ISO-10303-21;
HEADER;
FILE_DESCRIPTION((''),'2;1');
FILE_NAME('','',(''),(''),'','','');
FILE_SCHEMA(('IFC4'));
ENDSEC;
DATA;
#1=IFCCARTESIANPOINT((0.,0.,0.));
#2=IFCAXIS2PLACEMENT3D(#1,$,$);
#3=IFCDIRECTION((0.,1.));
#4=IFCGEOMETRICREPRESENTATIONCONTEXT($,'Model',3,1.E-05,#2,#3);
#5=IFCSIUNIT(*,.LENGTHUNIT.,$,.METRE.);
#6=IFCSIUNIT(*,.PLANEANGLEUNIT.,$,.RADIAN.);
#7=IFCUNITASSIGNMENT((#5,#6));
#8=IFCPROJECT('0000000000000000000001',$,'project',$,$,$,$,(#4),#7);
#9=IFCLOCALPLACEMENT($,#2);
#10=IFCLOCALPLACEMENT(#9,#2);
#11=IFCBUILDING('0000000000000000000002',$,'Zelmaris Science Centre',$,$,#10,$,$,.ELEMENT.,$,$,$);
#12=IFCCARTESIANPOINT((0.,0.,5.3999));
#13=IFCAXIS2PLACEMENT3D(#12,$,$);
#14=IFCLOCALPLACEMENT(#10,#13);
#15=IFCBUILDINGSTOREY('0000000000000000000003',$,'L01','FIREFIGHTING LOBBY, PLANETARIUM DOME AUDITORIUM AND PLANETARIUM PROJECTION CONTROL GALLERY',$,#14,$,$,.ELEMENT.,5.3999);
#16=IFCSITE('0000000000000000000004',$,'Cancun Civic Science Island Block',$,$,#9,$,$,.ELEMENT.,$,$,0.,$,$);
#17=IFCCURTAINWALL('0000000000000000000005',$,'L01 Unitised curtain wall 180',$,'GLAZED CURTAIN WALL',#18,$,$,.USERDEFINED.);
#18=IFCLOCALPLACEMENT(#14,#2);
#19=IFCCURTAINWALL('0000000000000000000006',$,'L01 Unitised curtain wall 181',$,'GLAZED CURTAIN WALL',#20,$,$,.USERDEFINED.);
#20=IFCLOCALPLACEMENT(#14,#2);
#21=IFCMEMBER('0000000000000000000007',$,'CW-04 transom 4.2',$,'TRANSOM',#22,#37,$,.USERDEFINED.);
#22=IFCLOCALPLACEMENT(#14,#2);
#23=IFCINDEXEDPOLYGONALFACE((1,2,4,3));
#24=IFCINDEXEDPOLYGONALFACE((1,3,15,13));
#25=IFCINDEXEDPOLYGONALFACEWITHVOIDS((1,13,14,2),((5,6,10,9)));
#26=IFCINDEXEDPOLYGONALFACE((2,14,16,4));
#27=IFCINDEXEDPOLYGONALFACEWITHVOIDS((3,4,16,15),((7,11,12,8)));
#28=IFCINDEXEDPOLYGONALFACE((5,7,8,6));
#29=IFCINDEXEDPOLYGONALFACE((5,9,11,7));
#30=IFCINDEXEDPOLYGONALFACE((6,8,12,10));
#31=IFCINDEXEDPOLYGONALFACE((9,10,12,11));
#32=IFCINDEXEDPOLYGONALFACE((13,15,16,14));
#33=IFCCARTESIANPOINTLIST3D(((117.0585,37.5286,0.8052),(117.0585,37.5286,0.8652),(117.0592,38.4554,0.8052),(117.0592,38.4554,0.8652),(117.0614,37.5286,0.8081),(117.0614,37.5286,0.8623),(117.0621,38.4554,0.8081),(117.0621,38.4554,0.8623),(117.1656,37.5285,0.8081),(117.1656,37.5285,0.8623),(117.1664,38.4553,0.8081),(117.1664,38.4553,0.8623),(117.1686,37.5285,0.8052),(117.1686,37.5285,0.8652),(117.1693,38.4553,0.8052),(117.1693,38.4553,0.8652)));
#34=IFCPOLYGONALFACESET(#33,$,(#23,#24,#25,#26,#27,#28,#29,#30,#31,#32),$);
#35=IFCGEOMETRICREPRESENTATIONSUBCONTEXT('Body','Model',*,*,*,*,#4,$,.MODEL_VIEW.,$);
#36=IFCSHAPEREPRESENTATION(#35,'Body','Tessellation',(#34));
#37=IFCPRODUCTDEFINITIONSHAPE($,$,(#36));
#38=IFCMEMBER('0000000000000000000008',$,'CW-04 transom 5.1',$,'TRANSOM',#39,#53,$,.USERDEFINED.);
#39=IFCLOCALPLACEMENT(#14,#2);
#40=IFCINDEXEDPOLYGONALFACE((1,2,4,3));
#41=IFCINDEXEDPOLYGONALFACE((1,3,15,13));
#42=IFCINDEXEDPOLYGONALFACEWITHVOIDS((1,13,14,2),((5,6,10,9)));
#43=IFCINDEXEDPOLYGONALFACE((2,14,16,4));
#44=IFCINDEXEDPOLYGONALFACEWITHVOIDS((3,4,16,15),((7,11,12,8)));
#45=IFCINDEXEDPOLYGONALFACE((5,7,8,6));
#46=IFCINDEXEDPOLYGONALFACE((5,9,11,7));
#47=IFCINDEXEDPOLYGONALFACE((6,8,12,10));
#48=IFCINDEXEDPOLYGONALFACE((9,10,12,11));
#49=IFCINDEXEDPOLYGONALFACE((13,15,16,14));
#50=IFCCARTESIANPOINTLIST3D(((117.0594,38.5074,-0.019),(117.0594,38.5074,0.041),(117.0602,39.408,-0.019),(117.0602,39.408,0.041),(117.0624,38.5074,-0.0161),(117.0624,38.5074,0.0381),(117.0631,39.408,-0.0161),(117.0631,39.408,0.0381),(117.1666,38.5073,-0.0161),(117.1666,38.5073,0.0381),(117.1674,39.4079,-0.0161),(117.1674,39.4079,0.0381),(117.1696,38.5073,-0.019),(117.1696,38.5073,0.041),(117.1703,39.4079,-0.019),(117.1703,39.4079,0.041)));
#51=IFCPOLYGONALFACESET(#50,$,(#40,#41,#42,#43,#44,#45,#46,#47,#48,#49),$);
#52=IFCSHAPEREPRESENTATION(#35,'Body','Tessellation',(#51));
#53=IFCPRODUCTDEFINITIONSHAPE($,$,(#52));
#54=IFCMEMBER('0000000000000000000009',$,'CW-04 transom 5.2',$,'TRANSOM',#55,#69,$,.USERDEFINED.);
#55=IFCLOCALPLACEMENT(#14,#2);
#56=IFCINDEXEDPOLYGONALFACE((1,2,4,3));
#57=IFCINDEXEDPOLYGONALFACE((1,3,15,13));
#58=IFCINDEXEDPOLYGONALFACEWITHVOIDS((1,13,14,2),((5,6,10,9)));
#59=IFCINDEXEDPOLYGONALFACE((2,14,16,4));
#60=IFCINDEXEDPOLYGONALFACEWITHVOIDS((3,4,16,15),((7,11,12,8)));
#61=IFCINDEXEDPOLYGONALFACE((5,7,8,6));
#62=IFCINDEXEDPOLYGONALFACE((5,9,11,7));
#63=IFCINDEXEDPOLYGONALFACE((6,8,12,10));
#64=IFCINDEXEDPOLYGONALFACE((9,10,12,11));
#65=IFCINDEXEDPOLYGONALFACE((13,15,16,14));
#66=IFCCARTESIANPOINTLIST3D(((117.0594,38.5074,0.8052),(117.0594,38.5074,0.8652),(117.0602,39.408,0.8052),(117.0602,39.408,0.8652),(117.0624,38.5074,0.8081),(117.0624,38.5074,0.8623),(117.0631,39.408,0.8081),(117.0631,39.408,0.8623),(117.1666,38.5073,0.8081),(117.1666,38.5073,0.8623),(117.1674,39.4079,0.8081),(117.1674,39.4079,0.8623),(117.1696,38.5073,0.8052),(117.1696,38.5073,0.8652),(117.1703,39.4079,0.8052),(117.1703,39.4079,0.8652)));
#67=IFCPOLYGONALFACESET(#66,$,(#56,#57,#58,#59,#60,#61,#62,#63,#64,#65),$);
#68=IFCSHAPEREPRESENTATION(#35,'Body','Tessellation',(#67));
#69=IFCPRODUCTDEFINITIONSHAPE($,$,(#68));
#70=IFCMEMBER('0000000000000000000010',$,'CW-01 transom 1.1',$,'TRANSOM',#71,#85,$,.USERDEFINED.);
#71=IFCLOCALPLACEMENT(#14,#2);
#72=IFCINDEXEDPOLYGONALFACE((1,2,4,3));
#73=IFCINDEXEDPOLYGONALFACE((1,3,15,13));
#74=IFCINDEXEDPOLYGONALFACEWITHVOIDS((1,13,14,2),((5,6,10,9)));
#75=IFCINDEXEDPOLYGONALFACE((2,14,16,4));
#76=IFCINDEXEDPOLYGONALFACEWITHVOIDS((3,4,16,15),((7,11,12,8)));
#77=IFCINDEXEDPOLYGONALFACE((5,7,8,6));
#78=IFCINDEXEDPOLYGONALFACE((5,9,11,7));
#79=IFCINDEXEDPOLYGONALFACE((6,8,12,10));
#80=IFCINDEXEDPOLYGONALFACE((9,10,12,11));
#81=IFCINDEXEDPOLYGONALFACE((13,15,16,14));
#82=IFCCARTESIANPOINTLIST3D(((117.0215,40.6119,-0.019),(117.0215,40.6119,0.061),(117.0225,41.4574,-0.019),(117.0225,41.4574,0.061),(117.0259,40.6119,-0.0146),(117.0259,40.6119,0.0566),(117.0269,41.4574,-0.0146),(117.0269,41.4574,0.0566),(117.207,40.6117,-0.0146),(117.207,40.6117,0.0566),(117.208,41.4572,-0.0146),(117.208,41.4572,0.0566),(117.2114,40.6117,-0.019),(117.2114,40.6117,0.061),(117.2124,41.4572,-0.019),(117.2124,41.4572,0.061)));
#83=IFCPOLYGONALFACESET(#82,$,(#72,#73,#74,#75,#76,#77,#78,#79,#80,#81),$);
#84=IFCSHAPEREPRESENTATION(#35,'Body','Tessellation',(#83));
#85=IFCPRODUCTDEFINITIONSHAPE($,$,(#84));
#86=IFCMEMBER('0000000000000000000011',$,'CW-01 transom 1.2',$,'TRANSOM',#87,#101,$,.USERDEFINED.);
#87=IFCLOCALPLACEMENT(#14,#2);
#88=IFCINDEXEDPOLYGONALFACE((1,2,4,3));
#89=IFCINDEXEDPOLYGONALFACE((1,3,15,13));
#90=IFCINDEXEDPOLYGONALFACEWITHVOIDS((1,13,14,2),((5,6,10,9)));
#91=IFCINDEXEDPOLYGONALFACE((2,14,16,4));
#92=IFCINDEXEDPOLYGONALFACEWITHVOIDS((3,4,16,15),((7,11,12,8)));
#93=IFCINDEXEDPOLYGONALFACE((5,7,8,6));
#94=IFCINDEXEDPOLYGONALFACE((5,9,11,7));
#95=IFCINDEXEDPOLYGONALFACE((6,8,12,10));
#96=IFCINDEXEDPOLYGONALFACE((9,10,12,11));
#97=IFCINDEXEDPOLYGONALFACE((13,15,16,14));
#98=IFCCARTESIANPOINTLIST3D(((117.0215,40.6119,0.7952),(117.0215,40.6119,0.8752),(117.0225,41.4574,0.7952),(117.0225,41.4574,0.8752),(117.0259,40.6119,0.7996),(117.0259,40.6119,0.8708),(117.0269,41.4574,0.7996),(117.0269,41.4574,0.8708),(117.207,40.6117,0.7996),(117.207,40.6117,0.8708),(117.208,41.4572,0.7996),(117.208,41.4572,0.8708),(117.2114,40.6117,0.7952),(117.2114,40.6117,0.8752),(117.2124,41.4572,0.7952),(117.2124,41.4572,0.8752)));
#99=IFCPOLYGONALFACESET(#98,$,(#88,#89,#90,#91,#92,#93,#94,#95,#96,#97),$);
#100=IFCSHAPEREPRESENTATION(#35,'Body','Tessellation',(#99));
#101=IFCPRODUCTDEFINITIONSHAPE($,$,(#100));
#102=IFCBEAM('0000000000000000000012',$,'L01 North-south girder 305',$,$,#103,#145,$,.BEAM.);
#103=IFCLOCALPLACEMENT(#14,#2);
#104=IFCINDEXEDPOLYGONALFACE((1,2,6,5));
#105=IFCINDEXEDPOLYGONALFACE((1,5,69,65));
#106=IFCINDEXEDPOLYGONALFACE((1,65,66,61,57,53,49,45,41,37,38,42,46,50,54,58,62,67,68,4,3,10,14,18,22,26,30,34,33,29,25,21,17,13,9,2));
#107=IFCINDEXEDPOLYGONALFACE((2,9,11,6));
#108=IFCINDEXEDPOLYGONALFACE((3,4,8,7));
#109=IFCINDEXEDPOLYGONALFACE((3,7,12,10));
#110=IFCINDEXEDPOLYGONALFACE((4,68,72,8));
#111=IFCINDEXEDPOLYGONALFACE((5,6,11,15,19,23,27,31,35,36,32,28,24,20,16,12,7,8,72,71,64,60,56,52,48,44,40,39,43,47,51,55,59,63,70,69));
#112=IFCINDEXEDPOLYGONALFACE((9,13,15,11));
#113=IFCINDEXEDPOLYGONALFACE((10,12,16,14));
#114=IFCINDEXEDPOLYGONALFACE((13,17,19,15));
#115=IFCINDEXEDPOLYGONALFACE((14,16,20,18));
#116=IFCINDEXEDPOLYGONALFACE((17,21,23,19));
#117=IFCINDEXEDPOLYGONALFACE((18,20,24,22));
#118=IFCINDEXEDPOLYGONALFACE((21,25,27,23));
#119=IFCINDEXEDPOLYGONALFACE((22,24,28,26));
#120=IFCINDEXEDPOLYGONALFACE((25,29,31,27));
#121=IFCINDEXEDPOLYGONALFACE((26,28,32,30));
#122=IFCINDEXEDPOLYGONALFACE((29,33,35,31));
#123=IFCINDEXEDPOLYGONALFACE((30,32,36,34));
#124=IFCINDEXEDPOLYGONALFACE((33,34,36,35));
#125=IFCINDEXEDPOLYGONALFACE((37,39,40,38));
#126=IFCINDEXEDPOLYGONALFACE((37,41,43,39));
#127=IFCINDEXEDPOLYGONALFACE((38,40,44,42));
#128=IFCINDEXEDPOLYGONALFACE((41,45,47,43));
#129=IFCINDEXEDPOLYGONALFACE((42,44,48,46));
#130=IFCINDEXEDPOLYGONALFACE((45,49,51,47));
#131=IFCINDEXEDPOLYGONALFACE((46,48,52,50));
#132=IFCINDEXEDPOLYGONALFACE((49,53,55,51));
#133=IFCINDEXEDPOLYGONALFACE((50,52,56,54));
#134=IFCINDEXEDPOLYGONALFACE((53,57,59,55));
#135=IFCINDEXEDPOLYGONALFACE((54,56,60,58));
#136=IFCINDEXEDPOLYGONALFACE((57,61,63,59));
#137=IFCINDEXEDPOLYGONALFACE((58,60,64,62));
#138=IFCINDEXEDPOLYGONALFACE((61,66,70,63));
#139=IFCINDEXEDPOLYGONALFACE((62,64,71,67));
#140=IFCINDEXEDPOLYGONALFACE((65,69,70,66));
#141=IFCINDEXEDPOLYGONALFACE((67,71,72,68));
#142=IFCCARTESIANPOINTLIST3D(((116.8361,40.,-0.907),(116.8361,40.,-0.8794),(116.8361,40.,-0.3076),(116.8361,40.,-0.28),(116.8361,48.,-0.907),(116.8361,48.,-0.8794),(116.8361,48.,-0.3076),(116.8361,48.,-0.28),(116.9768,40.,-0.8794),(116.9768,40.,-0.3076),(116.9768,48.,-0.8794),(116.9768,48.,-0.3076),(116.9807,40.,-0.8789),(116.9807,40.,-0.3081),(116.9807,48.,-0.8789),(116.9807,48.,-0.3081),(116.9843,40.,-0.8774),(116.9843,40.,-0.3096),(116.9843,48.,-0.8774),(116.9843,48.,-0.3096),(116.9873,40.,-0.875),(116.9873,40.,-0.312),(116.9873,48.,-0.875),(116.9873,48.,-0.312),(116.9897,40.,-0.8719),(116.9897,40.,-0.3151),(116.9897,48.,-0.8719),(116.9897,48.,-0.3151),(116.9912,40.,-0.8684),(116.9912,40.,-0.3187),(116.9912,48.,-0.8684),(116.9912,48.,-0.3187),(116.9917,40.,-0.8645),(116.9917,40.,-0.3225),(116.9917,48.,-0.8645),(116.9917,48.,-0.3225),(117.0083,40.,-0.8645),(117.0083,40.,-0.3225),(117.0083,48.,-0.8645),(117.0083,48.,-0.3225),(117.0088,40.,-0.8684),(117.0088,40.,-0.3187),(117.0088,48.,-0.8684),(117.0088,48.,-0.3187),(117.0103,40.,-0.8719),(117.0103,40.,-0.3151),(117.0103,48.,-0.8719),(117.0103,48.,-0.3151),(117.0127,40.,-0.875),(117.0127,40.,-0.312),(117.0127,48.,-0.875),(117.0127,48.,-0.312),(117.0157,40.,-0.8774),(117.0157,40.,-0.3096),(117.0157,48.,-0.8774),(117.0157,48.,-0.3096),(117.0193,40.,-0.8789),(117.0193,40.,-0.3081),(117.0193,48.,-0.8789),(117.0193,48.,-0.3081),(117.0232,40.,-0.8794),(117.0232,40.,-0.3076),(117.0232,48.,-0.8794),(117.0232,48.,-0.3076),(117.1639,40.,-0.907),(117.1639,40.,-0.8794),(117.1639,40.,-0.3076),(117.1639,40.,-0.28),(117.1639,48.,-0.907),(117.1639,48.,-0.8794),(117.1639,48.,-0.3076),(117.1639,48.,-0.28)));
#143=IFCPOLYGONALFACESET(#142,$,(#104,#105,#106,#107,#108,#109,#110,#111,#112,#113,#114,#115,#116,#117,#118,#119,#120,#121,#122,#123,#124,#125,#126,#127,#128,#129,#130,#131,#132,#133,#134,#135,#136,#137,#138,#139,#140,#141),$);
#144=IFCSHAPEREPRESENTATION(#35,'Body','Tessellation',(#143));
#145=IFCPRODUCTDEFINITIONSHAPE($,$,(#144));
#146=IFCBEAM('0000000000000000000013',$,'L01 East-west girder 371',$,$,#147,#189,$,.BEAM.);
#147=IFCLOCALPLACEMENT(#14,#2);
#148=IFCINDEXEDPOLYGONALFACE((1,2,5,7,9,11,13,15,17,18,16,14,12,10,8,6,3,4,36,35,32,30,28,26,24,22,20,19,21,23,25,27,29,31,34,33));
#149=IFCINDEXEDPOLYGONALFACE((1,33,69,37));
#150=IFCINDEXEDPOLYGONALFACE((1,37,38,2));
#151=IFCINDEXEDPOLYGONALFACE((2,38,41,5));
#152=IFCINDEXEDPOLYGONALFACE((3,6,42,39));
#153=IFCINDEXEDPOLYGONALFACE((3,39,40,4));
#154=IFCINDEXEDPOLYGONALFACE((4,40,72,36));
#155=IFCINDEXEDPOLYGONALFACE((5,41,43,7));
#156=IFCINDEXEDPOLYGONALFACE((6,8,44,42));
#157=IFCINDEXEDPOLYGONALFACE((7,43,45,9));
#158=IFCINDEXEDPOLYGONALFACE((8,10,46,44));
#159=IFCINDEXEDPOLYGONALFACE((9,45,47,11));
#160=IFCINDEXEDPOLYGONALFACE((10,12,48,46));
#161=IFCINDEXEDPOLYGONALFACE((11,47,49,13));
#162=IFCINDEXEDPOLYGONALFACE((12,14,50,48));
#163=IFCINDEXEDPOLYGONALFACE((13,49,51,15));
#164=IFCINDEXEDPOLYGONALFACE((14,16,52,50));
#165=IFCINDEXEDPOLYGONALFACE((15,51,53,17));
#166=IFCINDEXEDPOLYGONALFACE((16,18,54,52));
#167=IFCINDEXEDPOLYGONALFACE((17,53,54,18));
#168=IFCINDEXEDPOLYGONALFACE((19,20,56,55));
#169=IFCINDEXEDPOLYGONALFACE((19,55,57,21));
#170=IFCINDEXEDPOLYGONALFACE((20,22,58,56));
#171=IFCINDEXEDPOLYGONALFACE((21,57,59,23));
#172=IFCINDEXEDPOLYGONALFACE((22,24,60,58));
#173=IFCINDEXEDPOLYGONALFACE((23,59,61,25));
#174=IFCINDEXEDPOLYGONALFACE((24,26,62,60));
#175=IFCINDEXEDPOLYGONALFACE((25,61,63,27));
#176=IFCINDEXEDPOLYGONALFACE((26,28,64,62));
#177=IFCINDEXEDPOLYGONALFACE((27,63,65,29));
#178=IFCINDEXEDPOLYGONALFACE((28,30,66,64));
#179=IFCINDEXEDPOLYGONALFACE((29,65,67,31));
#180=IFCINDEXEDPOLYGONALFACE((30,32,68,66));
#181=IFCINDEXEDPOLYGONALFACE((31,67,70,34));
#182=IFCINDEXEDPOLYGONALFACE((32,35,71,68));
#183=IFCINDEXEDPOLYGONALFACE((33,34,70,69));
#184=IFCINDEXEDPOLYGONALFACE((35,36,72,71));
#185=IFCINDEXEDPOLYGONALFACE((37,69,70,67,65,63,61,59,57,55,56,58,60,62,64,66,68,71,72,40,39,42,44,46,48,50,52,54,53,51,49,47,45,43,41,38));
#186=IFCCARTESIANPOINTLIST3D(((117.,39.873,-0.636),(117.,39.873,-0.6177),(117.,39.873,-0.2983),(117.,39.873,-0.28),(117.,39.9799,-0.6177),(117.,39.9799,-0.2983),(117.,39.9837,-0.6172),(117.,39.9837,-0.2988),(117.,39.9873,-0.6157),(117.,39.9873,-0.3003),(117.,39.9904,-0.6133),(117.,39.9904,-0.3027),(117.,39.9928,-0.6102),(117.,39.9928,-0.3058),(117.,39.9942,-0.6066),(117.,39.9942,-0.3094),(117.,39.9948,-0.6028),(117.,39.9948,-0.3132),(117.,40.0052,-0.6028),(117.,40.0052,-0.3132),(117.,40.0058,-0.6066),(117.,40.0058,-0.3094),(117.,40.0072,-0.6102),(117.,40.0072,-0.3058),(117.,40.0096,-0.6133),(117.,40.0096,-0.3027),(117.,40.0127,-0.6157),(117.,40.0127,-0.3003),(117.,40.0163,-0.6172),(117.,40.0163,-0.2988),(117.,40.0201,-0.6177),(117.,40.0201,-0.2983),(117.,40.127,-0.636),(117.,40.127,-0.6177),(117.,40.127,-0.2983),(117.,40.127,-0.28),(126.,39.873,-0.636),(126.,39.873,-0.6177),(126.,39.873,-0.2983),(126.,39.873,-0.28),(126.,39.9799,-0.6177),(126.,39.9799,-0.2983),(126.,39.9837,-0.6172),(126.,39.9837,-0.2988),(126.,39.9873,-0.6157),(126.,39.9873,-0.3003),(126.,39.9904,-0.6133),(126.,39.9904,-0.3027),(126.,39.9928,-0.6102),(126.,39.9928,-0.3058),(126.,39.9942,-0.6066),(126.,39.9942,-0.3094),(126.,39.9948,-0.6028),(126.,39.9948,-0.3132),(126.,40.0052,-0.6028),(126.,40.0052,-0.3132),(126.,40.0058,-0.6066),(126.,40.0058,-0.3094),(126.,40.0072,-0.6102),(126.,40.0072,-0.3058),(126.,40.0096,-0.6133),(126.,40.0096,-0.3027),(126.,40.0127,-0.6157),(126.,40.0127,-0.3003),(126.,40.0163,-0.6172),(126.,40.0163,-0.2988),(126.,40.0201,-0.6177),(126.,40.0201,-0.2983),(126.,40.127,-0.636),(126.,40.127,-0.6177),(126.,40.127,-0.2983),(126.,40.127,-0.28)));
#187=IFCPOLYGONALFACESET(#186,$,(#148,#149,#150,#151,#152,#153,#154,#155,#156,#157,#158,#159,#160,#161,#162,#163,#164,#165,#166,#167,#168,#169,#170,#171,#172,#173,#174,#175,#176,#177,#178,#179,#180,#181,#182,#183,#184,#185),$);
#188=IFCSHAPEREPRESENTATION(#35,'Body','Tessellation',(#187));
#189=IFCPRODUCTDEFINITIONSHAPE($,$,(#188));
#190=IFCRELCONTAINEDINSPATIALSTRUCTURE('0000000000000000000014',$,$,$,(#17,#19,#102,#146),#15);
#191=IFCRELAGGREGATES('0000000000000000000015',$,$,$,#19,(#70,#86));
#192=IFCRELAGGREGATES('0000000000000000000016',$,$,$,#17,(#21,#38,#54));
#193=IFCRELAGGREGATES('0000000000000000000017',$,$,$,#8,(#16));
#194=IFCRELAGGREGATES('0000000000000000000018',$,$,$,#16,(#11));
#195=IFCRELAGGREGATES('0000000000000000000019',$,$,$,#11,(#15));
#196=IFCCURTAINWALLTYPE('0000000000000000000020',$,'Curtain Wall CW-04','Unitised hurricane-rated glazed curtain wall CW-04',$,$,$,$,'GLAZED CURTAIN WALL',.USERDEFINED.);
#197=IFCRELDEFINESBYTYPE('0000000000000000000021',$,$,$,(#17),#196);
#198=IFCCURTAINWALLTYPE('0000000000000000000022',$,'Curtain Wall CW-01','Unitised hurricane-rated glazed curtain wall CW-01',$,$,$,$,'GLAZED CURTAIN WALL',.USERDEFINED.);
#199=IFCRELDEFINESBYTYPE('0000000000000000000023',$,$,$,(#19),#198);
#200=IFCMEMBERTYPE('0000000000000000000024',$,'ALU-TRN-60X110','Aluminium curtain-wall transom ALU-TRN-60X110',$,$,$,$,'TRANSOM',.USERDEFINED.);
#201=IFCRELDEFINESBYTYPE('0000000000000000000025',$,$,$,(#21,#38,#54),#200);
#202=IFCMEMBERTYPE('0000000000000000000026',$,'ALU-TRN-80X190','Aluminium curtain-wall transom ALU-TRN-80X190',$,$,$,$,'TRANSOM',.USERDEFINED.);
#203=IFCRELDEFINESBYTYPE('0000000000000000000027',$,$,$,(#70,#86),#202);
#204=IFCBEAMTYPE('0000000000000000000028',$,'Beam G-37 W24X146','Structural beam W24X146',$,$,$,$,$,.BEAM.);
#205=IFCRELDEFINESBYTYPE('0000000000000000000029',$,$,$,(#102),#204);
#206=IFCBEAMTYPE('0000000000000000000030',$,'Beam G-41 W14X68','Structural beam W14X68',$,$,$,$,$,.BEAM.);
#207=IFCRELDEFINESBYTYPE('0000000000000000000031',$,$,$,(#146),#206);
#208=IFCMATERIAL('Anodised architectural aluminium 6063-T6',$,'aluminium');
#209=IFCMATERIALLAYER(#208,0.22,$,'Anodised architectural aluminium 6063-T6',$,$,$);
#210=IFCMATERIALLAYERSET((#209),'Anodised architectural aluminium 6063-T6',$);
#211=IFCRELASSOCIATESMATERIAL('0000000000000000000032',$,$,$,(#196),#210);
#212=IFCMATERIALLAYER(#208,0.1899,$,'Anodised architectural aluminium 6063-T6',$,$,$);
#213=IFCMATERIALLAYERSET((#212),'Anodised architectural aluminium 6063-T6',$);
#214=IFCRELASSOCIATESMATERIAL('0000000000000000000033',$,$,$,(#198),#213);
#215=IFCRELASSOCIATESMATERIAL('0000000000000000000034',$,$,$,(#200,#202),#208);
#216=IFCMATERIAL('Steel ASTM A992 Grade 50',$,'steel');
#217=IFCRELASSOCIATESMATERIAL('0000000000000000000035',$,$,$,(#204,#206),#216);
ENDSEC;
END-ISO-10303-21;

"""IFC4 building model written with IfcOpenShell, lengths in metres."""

from ifc_helpers import new_model, si_unit, direction, frame, origin, origin_2d, place, context, subcontext, project, spatial, hollow_rectangle, i_section, extrude, material, layer, layer_set, material_profile, profile_set, type_object, element, aggregate, save


model = new_model("IFC4")

# Units and contexts
model_context = context("Model", 3, precision=1e-05, world=origin(), true_north=direction((0.0, 1.0)))
body_context = subcontext(model_context, "Body", "Model", "MODEL_VIEW")
ifc_project = project(units=[si_unit("LENGTHUNIT", "METRE"), si_unit("PLANEANGLEUNIT", "RADIAN")], contexts=[model_context])

# Site, building, storey
site_placement = place(None, origin())
site = spatial("IfcSite", under=ifc_project, at=site_placement, Name="Cancun Civic Science Island Block", CompositionType="ELEMENT", RefElevation=0.0)
building_placement = place(site_placement, origin())
building = spatial("IfcBuilding", under=site, at=building_placement, Name="Zelmaris Science Centre", CompositionType="ELEMENT")
storey_placement = place(building_placement, frame((0.0, 0.0, 5.3999)))
storey = spatial("IfcBuildingStorey", under=building, at=storey_placement, Name="L01", Description="FIREFIGHTING LOBBY, PLANETARIUM DOME AUDITORIUM AND PLANETARIUM PROJECTION CONTROL GALLERY", CompositionType="ELEMENT", Elevation=5.3999)

# Shared definitions
ifc_material_1 = material(Name="Steel ASTM A992 Grade 50", Category="steel")

# Curtain wall
ifc_material_2 = material(Name="Anodised architectural aluminium 6063-T6", Category="aluminium")
ifc_layer_1 = layer(ifc_material_2, 0.22, Name="Anodised architectural aluminium 6063-T6")
ifc_layer_set_1 = layer_set([ifc_layer_1], Name="Anodised architectural aluminium 6063-T6")
curtain_wall_type_1 = type_object("IfcCurtainWallType", Name="Curtain Wall CW-04", Description="Unitised hurricane-rated glazed curtain wall CW-04", ElementType="GLAZED CURTAIN WALL", PredefinedType="USERDEFINED", material=ifc_layer_set_1)
curtain_wall_1_placement = place(storey_placement, origin())
curtain_wall_1 = element("IfcCurtainWall", 1, at=curtain_wall_1_placement, inside=storey, type_object=curtain_wall_type_1, Name="L01 Unitised curtain wall 180", ObjectType="GLAZED CURTAIN WALL", PredefinedType="USERDEFINED")

# Curtain wall
ifc_layer_2 = layer(ifc_material_2, 0.1899, Name="Anodised architectural aluminium 6063-T6")
ifc_layer_set_2 = layer_set([ifc_layer_2], Name="Anodised architectural aluminium 6063-T6")
curtain_wall_type_2 = type_object("IfcCurtainWallType", Name="Curtain Wall CW-01", Description="Unitised hurricane-rated glazed curtain wall CW-01", ElementType="GLAZED CURTAIN WALL", PredefinedType="USERDEFINED", material=ifc_layer_set_2)
curtain_wall_2_placement = place(storey_placement, origin())
curtain_wall_2 = element("IfcCurtainWall", 2, at=curtain_wall_2_placement, inside=storey, type_object=curtain_wall_type_2, Name="L01 Unitised curtain wall 181", ObjectType="GLAZED CURTAIN WALL", PredefinedType="USERDEFINED")

# Members
ifc_material_profile_1 = material_profile(ifc_material_2, hollow_rectangle(XDim=0.0601, YDim=0.1101, WallThickness=0.0029, at=origin_2d()), Name="ALU-TRN-60X110")
ifc_profile_set_1 = profile_set([ifc_material_profile_1], Name="Anodised architectural aluminium 6063-T6")
member_type_1 = type_object("IfcMemberType", Name="ALU-TRN-60X110", Description="Aluminium curtain-wall transom ALU-TRN-60X110", ElementType="TRANSOM", PredefinedType="USERDEFINED", material=ifc_profile_set_1)
member_1_placement = place(storey_placement, frame((117.1135, 37.5286, 0.8352), z_axis=(0.00079, 1.0, 0.0), x_axis=(0.0, 0.0, 1.0)))
member_1 = element("IfcMember", 3, at=member_1_placement, type_object=member_type_1, Name="CW-04 transom 4.2", ObjectType="TRANSOM", PredefinedType="USERDEFINED", context=body_context, shape_type="SweptSolid", body=[
    extrude(hollow_rectangle(XDim=0.0601, YDim=0.1101, WallThickness=0.0029, at=origin_2d()), origin(), (0.0, 0.0, 1.0), 0.9268),
])
member_2_placement = place(storey_placement, frame((117.1145, 38.5073, 0.011), z_axis=(0.000813, 1.0, 0.0), x_axis=(0.0, 0.0, 1.0)))
member_2 = element("IfcMember", 4, at=member_2_placement, type_object=member_type_1, Name="CW-04 transom 5.1", ObjectType="TRANSOM", PredefinedType="USERDEFINED", context=body_context, shape_type="SweptSolid", body=[
    extrude(hollow_rectangle(XDim=0.0601, YDim=0.1101, WallThickness=0.0029, at=origin_2d()), origin(), (0.0, 0.0, 1.0), 0.9006),
])
member_3_placement = place(storey_placement, frame((117.1145, 38.5073, 0.8352), z_axis=(0.000813, 1.0, 0.0), x_axis=(0.0, 0.0, 1.0)))
member_3 = element("IfcMember", 5, at=member_3_placement, type_object=member_type_1, Name="CW-04 transom 5.2", ObjectType="TRANSOM", PredefinedType="USERDEFINED", context=body_context, shape_type="SweptSolid", body=[
    extrude(hollow_rectangle(XDim=0.0601, YDim=0.1101, WallThickness=0.0029, at=origin_2d()), origin(), (0.0, 0.0, 1.0), 0.9006),
])
ifc_material_profile_2 = material_profile(ifc_material_2, hollow_rectangle(XDim=0.0801, YDim=0.1899, WallThickness=0.0044, at=origin_2d()), Name="ALU-TRN-80X190")
ifc_profile_set_2 = profile_set([ifc_material_profile_2], Name="Anodised architectural aluminium 6063-T6")
member_type_2 = type_object("IfcMemberType", Name="ALU-TRN-80X190", Description="Aluminium curtain-wall transom ALU-TRN-80X190", ElementType="TRANSOM", PredefinedType="USERDEFINED", material=ifc_profile_set_2)
member_4_placement = place(storey_placement, frame((117.1165, 40.6118, 0.021), z_axis=(0.001155, 0.999999, 0.0), x_axis=(0.0, 0.0, 1.0)))
member_4 = element("IfcMember", 6, at=member_4_placement, type_object=member_type_2, Name="CW-01 transom 1.1", ObjectType="TRANSOM", PredefinedType="USERDEFINED", context=body_context, shape_type="SweptSolid", body=[
    extrude(hollow_rectangle(XDim=0.0801, YDim=0.1899, WallThickness=0.0044, at=origin_2d()), origin(), (0.0, 0.0, 1.0), 0.8455),
])
member_5_placement = place(storey_placement, frame((117.1165, 40.6118, 0.8352), z_axis=(0.001155, 0.999999, 0.0), x_axis=(0.0, 0.0, 1.0)))
member_5 = element("IfcMember", 7, at=member_5_placement, type_object=member_type_2, Name="CW-01 transom 1.2", ObjectType="TRANSOM", PredefinedType="USERDEFINED", context=body_context, shape_type="SweptSolid", body=[
    extrude(hollow_rectangle(XDim=0.0801, YDim=0.1899, WallThickness=0.0044, at=origin_2d()), origin(), (0.0, 0.0, 1.0), 0.8455),
])
aggregate(curtain_wall_2, [member_4, member_5])

# Beams
ifc_material_profile_3 = material_profile(ifc_material_1, i_section(OverallWidth=0.3279, OverallDepth=0.627, WebThickness=0.0166, FlangeThickness=0.0276, FilletRadius=0.0149, at=origin_2d()), Name="W24X146")
ifc_profile_set_3 = profile_set([ifc_material_profile_3], Name="Steel ASTM A992 Grade 50")
beam_type_1 = type_object("IfcBeamType", Name="Beam G-37 W24X146", Description="Structural beam W24X146", PredefinedType="BEAM", material=ifc_profile_set_3)
beam_1_placement = place(storey_placement, frame((117.0, 40.0, -0.5935), z_axis=(0.0, 1.0, 0.0), x_axis=(-1.0, 0.0, 0.0)))
element("IfcBeam", 8, at=beam_1_placement, inside=storey, type_object=beam_type_1, Name="L01 North-south girder 305", PredefinedType="BEAM", context=body_context, shape_type="SweptSolid", body=[
    extrude(i_section(OverallWidth=0.3279, OverallDepth=0.627, WebThickness=0.0166, FlangeThickness=0.0276, FilletRadius=0.0149, at=origin_2d()), origin(), (0.0, 0.0, 1.0), 8.0),
])
ifc_material_profile_4 = material_profile(ifc_material_1, i_section(OverallWidth=0.2539, OverallDepth=0.356, WebThickness=0.0105, FlangeThickness=0.0183, FilletRadius=0.0149, at=origin_2d()), Name="W14X68")
ifc_profile_set_4 = profile_set([ifc_material_profile_4], Name="Steel ASTM A992 Grade 50")
beam_type_2 = type_object("IfcBeamType", Name="Beam G-41 W14X68", Description="Structural beam W14X68", PredefinedType="BEAM", material=ifc_profile_set_4)
beam_2_placement = place(storey_placement, frame((117.0, 40.0, -0.458), z_axis=(1.0, 0.0, 0.0), x_axis=(0.0, 1.0, 0.0)))
element("IfcBeam", 9, at=beam_2_placement, inside=storey, type_object=beam_type_2, Name="L01 East-west girder 371", PredefinedType="BEAM", context=body_context, shape_type="SweptSolid", body=[
    extrude(i_section(OverallWidth=0.2539, OverallDepth=0.356, WebThickness=0.0105, FlangeThickness=0.0183, FilletRadius=0.0149, at=origin_2d()), origin(), (0.0, 0.0, 1.0), 9.0),
])

aggregate(curtain_wall_1, [member_1, member_2, member_3])

save(model, "model.ifc")
